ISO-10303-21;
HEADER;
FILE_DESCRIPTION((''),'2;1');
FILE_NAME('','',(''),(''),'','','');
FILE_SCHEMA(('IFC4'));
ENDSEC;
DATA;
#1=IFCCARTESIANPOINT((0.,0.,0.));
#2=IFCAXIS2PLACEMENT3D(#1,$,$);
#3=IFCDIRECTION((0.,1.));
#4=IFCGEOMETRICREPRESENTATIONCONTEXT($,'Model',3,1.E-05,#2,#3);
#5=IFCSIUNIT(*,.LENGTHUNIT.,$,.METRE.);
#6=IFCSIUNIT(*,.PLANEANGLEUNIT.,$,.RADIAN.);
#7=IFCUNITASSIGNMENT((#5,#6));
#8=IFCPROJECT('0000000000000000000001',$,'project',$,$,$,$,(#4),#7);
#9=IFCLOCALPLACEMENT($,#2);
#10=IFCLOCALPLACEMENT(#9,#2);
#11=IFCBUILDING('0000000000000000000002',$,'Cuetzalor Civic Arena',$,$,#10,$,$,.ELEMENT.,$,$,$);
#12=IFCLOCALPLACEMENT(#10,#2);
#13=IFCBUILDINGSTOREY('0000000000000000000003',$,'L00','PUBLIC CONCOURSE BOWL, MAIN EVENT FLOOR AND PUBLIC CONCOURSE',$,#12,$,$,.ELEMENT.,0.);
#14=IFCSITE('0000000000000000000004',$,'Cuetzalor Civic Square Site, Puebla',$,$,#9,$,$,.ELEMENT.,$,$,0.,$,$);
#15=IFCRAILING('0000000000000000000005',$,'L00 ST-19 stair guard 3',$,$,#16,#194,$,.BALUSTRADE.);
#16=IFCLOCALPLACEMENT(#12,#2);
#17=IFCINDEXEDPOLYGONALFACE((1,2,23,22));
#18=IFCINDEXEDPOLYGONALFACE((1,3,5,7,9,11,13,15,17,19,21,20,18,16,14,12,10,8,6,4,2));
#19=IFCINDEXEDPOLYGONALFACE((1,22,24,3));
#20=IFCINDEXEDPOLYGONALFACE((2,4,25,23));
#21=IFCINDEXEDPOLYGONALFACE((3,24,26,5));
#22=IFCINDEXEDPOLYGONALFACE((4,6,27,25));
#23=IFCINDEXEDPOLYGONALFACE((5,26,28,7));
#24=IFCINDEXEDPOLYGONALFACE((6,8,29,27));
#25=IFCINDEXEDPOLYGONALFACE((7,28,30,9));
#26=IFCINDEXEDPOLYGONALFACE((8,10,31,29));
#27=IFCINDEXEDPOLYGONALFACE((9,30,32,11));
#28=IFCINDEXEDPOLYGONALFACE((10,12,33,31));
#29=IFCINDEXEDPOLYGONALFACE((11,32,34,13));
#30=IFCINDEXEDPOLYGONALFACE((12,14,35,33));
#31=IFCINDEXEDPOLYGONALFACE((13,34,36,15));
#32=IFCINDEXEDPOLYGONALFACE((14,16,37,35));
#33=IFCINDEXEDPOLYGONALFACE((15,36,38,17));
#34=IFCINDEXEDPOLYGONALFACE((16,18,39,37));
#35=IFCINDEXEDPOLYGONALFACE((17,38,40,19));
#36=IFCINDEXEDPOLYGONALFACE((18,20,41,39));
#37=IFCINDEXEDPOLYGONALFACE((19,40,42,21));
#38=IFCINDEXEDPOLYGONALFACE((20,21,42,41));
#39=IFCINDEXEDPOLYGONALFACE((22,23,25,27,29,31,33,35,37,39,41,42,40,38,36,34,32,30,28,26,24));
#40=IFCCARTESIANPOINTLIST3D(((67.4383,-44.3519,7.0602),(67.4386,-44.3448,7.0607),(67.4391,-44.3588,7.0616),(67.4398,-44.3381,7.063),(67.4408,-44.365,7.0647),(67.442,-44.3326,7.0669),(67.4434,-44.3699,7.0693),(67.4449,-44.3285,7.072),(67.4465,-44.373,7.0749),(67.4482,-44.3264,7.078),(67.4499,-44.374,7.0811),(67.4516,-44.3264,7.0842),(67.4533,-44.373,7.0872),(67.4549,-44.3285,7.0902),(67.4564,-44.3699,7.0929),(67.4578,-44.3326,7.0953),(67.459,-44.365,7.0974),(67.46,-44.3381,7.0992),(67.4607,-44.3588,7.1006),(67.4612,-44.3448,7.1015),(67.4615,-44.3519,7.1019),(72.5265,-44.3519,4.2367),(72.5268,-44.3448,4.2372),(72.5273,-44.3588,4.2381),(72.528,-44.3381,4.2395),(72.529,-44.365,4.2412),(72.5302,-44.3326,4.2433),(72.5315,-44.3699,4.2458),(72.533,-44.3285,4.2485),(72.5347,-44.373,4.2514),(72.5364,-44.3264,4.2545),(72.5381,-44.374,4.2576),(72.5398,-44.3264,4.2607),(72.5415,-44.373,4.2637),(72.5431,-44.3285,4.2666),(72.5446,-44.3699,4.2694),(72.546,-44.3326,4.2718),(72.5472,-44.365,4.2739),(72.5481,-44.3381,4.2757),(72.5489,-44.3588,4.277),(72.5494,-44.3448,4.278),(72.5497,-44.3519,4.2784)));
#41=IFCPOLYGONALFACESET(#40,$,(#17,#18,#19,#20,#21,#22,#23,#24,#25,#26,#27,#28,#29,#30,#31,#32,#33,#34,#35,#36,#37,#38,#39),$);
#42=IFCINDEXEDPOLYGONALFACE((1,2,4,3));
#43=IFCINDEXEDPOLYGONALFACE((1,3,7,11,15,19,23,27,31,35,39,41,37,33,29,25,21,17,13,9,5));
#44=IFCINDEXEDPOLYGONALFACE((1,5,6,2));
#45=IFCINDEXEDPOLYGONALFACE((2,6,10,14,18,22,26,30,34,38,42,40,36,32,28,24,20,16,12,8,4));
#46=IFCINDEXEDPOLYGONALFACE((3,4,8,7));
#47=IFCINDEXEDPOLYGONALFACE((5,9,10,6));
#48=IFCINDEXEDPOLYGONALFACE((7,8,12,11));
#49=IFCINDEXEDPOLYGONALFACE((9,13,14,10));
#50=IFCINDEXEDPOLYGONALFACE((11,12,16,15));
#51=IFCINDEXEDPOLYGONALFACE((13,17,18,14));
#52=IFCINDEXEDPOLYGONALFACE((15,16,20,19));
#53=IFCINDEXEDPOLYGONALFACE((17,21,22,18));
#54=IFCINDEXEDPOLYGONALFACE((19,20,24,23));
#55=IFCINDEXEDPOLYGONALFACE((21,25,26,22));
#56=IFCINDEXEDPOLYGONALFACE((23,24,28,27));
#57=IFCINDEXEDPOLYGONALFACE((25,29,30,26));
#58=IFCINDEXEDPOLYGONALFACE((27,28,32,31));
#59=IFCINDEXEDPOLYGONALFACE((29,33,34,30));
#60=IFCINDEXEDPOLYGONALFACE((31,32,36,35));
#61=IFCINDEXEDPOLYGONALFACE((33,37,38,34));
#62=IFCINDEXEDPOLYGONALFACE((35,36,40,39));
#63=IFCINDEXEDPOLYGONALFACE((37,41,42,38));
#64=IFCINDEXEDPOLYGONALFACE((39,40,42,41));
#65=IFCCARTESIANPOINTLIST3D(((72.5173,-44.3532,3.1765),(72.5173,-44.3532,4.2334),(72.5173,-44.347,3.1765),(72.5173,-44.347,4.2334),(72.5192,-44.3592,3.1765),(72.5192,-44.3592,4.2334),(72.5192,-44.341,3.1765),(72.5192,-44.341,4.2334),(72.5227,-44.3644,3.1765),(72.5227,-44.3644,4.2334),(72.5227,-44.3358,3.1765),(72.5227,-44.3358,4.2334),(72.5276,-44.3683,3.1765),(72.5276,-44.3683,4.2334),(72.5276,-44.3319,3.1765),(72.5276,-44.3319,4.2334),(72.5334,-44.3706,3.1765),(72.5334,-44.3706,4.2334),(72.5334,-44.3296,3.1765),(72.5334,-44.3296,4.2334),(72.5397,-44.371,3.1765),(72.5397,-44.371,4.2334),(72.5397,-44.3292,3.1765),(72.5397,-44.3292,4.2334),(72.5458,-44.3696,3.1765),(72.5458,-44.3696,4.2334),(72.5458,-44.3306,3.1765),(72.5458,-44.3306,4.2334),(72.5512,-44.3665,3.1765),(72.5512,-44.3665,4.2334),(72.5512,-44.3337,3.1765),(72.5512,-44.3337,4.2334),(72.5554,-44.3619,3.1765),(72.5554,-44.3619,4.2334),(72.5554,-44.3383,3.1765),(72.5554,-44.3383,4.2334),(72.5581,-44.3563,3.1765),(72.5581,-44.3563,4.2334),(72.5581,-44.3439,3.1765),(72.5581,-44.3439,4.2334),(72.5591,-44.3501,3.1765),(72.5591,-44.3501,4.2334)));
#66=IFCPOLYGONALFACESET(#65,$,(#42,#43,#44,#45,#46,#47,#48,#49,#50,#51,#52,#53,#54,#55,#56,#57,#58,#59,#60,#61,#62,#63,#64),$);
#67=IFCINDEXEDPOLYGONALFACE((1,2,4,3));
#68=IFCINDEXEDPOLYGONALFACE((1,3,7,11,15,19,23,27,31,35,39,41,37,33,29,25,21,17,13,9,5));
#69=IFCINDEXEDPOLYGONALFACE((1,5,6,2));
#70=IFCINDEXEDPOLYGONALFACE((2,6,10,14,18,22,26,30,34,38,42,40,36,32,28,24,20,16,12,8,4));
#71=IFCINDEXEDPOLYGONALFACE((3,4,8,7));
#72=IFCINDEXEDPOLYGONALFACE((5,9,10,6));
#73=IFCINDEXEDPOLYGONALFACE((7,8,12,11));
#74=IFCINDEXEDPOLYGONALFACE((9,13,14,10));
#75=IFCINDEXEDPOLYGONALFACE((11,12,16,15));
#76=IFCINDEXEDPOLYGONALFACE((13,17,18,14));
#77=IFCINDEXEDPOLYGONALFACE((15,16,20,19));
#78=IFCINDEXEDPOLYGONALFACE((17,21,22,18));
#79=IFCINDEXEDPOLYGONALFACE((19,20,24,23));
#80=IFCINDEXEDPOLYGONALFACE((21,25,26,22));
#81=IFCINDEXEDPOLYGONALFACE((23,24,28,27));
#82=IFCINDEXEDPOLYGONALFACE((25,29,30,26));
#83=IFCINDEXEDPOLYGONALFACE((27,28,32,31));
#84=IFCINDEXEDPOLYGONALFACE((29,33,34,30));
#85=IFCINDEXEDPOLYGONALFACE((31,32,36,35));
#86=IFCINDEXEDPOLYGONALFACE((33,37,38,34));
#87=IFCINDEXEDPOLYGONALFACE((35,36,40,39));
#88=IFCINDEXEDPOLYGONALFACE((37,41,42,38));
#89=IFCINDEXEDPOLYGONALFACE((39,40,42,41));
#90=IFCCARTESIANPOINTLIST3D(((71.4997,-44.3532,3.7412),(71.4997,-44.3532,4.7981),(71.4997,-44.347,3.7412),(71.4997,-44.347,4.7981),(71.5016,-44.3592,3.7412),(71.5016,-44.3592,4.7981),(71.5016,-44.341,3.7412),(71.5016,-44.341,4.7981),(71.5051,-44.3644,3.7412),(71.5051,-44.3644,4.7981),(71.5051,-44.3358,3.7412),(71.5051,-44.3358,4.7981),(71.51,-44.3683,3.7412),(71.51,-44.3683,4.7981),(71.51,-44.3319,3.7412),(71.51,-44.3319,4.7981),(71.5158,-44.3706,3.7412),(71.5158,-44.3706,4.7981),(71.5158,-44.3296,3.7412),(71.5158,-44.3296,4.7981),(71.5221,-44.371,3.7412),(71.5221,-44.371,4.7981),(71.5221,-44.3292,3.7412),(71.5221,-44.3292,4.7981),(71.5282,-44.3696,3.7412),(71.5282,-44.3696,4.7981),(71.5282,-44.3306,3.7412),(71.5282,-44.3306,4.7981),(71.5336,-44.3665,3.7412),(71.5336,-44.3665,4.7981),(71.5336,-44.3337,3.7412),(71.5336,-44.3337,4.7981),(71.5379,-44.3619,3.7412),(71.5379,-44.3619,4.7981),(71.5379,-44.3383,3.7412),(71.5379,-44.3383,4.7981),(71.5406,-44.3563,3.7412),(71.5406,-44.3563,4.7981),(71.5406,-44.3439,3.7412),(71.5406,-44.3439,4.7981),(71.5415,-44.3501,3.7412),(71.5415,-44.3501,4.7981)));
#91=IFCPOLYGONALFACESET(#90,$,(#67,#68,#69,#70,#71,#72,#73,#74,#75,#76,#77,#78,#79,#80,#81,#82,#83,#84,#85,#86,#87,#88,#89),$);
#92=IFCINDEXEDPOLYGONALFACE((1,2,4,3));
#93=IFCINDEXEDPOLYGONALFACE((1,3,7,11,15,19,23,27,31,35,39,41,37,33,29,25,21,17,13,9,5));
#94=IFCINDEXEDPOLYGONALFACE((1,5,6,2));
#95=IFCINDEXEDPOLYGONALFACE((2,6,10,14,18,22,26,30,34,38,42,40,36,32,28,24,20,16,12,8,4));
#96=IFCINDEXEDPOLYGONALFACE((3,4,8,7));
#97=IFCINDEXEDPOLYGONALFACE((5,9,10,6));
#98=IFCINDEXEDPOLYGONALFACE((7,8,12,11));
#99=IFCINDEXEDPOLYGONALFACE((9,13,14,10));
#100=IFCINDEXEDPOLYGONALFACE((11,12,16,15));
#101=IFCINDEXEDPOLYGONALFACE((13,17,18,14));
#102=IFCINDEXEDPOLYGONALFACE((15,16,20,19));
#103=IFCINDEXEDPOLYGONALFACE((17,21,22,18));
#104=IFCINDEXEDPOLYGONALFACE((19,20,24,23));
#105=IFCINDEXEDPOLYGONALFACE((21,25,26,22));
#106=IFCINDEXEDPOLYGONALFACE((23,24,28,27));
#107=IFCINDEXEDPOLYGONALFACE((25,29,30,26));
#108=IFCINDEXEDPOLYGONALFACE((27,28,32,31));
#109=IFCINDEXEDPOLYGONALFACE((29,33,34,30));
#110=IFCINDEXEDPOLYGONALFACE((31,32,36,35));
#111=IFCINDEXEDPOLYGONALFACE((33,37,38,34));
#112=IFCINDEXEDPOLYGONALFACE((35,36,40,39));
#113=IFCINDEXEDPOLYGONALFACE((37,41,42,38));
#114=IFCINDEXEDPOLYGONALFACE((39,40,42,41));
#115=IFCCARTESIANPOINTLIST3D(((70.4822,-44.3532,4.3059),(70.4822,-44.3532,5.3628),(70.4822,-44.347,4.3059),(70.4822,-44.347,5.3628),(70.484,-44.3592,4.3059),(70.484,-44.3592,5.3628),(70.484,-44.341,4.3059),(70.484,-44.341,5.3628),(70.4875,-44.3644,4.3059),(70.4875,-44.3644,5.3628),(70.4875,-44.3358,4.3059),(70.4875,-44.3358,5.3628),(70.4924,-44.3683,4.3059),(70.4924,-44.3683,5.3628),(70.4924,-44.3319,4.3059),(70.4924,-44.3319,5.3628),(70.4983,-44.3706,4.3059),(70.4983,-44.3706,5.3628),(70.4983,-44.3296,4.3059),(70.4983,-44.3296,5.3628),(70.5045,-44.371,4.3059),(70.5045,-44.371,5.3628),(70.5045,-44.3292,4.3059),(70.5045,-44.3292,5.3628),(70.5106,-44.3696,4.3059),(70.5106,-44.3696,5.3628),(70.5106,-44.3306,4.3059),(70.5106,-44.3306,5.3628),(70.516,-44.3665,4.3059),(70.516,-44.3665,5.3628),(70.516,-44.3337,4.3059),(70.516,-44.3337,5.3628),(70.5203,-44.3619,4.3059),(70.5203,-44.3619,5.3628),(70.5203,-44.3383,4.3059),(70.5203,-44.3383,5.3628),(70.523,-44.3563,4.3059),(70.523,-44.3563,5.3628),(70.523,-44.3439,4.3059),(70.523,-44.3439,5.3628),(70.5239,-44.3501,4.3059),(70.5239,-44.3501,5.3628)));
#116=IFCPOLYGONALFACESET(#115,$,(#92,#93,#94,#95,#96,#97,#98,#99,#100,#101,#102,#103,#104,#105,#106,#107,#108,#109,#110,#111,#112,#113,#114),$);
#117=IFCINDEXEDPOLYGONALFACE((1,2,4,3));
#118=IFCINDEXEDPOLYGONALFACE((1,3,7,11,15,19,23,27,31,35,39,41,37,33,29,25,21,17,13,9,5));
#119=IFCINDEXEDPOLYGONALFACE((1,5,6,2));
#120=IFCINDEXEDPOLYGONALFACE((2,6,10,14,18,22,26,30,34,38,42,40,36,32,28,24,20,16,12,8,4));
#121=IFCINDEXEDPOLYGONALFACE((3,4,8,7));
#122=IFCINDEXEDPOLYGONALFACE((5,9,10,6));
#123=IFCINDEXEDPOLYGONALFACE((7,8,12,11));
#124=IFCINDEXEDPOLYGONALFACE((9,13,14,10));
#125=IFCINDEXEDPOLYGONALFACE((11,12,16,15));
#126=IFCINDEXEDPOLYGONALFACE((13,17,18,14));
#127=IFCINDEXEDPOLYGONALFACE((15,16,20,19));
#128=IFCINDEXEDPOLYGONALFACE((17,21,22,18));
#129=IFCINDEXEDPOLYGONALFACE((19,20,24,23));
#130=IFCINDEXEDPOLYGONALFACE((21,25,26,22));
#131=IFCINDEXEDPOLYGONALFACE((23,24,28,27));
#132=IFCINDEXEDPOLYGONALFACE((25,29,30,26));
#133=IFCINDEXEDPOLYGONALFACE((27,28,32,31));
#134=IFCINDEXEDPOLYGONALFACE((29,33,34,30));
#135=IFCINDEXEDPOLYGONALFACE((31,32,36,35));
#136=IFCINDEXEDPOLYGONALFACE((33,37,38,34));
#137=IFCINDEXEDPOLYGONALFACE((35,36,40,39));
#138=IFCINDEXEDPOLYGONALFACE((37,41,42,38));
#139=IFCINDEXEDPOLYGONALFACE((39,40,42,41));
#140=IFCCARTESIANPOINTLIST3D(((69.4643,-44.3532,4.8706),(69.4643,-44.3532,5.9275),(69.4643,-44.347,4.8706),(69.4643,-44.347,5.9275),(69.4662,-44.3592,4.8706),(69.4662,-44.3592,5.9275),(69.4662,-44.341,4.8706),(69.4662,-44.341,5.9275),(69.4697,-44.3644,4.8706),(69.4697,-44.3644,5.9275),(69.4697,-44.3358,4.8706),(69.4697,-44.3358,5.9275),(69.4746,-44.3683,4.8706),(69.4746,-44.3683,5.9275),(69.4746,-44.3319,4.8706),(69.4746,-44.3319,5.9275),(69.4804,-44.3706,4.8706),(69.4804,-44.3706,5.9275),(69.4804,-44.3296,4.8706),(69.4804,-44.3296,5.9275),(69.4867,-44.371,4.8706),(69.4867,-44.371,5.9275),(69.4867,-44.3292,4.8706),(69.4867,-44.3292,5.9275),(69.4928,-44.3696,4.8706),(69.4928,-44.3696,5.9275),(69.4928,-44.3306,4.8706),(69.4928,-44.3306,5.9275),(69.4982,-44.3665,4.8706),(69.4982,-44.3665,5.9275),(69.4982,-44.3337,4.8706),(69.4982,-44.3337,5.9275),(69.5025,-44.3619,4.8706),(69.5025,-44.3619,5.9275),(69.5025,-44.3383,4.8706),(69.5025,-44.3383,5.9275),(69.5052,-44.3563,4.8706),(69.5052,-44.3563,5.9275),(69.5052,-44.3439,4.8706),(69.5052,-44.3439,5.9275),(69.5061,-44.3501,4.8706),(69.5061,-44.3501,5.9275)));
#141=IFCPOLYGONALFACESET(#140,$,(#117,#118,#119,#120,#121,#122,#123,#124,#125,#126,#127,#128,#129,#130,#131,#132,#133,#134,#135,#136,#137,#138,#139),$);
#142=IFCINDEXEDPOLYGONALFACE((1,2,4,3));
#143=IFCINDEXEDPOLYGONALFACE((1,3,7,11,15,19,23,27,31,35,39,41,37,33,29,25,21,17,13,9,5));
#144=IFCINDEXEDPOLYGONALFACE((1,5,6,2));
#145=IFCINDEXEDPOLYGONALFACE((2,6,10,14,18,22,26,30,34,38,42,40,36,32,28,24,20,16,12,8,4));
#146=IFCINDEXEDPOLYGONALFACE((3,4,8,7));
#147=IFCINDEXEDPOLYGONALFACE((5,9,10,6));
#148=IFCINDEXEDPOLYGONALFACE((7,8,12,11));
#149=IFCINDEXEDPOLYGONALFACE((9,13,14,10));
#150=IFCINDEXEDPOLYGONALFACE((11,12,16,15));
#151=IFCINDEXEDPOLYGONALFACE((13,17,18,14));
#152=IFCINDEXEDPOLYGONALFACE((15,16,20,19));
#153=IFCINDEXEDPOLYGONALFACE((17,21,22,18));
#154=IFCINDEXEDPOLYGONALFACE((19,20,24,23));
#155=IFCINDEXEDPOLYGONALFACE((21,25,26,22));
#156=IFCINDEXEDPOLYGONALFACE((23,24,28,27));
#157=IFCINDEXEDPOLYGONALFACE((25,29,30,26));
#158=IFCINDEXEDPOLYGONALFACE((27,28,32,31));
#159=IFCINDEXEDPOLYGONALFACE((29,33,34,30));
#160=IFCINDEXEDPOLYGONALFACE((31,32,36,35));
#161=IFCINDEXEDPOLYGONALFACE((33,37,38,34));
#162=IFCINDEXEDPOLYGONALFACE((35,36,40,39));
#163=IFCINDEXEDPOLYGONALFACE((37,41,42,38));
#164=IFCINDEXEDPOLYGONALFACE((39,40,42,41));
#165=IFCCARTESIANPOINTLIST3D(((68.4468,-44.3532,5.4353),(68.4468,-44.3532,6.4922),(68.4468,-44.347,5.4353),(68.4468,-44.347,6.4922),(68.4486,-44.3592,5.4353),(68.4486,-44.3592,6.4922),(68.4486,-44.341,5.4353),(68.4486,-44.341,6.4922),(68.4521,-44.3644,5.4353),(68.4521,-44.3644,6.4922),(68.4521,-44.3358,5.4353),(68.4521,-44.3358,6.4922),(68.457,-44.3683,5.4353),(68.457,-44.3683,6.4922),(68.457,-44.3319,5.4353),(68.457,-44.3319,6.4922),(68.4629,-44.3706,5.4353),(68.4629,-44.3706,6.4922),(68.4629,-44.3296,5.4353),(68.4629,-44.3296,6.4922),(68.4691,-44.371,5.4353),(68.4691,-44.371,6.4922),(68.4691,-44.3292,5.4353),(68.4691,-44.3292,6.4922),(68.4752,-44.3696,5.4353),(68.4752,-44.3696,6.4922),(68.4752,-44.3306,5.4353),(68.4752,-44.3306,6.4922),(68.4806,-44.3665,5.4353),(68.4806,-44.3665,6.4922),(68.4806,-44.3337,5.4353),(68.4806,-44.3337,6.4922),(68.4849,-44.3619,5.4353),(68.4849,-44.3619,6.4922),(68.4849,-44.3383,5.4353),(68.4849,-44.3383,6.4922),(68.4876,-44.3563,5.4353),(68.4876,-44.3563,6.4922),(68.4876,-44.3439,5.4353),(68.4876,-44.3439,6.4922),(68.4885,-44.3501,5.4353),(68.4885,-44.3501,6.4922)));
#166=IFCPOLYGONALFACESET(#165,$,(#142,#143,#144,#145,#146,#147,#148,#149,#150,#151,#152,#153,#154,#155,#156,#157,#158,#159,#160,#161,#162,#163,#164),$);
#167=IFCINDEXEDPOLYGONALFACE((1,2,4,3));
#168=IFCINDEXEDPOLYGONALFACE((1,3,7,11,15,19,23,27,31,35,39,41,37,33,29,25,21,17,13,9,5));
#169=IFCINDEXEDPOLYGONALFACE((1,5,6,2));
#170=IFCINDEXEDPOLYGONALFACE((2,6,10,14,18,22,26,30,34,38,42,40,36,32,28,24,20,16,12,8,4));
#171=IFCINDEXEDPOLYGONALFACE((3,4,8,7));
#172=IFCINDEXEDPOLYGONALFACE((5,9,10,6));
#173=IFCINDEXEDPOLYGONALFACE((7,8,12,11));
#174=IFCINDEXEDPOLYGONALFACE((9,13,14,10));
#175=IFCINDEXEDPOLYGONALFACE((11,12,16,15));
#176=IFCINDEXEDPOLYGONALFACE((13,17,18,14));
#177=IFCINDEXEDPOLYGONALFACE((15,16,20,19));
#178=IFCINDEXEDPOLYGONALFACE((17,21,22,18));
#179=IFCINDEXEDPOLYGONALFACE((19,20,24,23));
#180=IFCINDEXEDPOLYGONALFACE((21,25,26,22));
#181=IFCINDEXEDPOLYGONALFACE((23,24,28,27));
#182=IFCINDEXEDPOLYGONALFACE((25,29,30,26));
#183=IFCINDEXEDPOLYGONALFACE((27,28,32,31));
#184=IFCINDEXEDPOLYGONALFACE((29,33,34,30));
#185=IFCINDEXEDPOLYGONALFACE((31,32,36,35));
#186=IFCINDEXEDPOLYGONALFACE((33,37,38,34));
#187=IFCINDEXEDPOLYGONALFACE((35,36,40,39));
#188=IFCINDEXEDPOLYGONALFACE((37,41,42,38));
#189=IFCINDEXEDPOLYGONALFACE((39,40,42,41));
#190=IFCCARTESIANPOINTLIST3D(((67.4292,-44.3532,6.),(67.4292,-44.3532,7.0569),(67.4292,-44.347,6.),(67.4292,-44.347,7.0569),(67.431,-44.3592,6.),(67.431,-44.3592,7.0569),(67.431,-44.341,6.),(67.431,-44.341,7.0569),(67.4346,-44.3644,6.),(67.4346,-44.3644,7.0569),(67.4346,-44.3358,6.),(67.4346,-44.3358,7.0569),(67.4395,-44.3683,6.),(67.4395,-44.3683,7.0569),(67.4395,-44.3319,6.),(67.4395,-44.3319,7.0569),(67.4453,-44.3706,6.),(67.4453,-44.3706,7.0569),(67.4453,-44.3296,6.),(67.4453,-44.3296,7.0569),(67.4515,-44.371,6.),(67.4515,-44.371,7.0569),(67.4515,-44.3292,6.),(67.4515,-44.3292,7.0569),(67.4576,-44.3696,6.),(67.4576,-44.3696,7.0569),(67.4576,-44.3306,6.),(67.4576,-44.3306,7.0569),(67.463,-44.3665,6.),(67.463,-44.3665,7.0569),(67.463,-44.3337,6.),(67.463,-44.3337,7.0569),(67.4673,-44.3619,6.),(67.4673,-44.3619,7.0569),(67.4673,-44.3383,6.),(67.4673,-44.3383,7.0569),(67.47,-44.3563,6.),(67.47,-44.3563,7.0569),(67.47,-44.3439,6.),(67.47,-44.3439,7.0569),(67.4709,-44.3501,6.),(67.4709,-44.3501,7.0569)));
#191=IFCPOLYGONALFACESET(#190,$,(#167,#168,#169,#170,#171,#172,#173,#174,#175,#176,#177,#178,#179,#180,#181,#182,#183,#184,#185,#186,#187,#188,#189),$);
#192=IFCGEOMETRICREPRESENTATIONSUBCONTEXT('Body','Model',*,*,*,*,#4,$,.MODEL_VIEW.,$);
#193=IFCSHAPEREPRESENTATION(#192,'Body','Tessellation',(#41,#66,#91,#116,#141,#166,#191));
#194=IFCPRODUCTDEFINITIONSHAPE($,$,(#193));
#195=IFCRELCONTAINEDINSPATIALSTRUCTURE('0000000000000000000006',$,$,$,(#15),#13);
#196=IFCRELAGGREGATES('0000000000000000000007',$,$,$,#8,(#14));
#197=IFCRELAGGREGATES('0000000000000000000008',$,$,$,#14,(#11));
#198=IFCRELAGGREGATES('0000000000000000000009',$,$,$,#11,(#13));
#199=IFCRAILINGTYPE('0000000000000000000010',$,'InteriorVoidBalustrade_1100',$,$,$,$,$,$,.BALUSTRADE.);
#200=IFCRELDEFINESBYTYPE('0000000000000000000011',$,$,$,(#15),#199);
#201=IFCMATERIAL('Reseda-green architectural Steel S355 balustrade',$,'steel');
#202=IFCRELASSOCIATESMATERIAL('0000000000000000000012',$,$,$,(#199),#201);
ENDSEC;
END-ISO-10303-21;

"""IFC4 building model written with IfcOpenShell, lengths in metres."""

from ifc_helpers import new_model, si_unit, direction, frame, origin, origin_2d, place, context, subcontext, project, spatial, circle, extrude, material, type_object, element, save


model = new_model("IFC4")

# Units and contexts
model_context = context("Model", 3, precision=1e-05, world=origin(), true_north=direction((0.0, 1.0)))
body_context = subcontext(model_context, "Body", "Model", "MODEL_VIEW")
ifc_project = project(units=[si_unit("LENGTHUNIT", "METRE"), si_unit("PLANEANGLEUNIT", "RADIAN")], contexts=[model_context])

# Site, building, storey
site_placement = place(None, origin())
site = spatial("IfcSite", under=ifc_project, at=site_placement, Name="Cuetzalor Civic Square Site, Puebla", CompositionType="ELEMENT", RefElevation=0.0)
building_placement = place(site_placement, origin())
building = spatial("IfcBuilding", under=site, at=building_placement, Name="Cuetzalor Civic Arena", CompositionType="ELEMENT")
storey_placement = place(building_placement, origin())
storey = spatial("IfcBuildingStorey", under=building, at=storey_placement, Name="L00", Description="PUBLIC CONCOURSE BOWL, MAIN EVENT FLOOR AND PUBLIC CONCOURSE", CompositionType="ELEMENT", Elevation=0.0)

# Railing
ifc_material_1 = material(Name="Reseda-green architectural Steel S355 balustrade", Category="steel")
railing_type_1 = type_object("IfcRailingType", Name="InteriorVoidBalustrade_1100", PredefinedType="BALUSTRADE", material=ifc_material_1)
railing_1_placement = place(storey_placement, frame((72.5381, -44.3501, 3.1765)))
element("IfcRailing", 1, at=railing_1_placement, inside=storey, type_object=railing_type_1, Name="L00 ST-19 stair guard 3", PredefinedType="BALUSTRADE", context=body_context, shape_type="SweptSolid", body=[
    extrude(circle(Radius=0.0239, at=origin_2d()), frame((0.0, 0.0, 1.0811), z_axis=(-0.874395, 0.0, 0.485215), x_axis=(0.0, -1.0, 0.0)), (0.0, 0.0, 1.0), 5.8191),
    extrude(circle(Radius=0.021, at=origin_2d()), origin(), (0.0, 0.0, 1.0), 1.0569),
    extrude(circle(Radius=0.021, at=origin_2d()), frame((-1.0176, 0.0, 0.5647)), (0.0, 0.0, 1.0), 1.0569),
    extrude(circle(Radius=0.021, at=origin_2d()), frame((-2.0352, 0.0, 1.1294)), (0.0, 0.0, 1.0), 1.0569),
    extrude(circle(Radius=0.021, at=origin_2d()), frame((-3.053, 0.0, 1.6941)), (0.0, 0.0, 1.0), 1.0569),
    extrude(circle(Radius=0.021, at=origin_2d()), frame((-4.0706, 0.0, 2.2588)), (0.0, 0.0, 1.0), 1.0569),
    extrude(circle(Radius=0.021, at=origin_2d()), frame((-5.0881, 0.0, 2.8235)), (0.0, 0.0, 1.0), 1.0569),
])

save(model, "model.ifc")
